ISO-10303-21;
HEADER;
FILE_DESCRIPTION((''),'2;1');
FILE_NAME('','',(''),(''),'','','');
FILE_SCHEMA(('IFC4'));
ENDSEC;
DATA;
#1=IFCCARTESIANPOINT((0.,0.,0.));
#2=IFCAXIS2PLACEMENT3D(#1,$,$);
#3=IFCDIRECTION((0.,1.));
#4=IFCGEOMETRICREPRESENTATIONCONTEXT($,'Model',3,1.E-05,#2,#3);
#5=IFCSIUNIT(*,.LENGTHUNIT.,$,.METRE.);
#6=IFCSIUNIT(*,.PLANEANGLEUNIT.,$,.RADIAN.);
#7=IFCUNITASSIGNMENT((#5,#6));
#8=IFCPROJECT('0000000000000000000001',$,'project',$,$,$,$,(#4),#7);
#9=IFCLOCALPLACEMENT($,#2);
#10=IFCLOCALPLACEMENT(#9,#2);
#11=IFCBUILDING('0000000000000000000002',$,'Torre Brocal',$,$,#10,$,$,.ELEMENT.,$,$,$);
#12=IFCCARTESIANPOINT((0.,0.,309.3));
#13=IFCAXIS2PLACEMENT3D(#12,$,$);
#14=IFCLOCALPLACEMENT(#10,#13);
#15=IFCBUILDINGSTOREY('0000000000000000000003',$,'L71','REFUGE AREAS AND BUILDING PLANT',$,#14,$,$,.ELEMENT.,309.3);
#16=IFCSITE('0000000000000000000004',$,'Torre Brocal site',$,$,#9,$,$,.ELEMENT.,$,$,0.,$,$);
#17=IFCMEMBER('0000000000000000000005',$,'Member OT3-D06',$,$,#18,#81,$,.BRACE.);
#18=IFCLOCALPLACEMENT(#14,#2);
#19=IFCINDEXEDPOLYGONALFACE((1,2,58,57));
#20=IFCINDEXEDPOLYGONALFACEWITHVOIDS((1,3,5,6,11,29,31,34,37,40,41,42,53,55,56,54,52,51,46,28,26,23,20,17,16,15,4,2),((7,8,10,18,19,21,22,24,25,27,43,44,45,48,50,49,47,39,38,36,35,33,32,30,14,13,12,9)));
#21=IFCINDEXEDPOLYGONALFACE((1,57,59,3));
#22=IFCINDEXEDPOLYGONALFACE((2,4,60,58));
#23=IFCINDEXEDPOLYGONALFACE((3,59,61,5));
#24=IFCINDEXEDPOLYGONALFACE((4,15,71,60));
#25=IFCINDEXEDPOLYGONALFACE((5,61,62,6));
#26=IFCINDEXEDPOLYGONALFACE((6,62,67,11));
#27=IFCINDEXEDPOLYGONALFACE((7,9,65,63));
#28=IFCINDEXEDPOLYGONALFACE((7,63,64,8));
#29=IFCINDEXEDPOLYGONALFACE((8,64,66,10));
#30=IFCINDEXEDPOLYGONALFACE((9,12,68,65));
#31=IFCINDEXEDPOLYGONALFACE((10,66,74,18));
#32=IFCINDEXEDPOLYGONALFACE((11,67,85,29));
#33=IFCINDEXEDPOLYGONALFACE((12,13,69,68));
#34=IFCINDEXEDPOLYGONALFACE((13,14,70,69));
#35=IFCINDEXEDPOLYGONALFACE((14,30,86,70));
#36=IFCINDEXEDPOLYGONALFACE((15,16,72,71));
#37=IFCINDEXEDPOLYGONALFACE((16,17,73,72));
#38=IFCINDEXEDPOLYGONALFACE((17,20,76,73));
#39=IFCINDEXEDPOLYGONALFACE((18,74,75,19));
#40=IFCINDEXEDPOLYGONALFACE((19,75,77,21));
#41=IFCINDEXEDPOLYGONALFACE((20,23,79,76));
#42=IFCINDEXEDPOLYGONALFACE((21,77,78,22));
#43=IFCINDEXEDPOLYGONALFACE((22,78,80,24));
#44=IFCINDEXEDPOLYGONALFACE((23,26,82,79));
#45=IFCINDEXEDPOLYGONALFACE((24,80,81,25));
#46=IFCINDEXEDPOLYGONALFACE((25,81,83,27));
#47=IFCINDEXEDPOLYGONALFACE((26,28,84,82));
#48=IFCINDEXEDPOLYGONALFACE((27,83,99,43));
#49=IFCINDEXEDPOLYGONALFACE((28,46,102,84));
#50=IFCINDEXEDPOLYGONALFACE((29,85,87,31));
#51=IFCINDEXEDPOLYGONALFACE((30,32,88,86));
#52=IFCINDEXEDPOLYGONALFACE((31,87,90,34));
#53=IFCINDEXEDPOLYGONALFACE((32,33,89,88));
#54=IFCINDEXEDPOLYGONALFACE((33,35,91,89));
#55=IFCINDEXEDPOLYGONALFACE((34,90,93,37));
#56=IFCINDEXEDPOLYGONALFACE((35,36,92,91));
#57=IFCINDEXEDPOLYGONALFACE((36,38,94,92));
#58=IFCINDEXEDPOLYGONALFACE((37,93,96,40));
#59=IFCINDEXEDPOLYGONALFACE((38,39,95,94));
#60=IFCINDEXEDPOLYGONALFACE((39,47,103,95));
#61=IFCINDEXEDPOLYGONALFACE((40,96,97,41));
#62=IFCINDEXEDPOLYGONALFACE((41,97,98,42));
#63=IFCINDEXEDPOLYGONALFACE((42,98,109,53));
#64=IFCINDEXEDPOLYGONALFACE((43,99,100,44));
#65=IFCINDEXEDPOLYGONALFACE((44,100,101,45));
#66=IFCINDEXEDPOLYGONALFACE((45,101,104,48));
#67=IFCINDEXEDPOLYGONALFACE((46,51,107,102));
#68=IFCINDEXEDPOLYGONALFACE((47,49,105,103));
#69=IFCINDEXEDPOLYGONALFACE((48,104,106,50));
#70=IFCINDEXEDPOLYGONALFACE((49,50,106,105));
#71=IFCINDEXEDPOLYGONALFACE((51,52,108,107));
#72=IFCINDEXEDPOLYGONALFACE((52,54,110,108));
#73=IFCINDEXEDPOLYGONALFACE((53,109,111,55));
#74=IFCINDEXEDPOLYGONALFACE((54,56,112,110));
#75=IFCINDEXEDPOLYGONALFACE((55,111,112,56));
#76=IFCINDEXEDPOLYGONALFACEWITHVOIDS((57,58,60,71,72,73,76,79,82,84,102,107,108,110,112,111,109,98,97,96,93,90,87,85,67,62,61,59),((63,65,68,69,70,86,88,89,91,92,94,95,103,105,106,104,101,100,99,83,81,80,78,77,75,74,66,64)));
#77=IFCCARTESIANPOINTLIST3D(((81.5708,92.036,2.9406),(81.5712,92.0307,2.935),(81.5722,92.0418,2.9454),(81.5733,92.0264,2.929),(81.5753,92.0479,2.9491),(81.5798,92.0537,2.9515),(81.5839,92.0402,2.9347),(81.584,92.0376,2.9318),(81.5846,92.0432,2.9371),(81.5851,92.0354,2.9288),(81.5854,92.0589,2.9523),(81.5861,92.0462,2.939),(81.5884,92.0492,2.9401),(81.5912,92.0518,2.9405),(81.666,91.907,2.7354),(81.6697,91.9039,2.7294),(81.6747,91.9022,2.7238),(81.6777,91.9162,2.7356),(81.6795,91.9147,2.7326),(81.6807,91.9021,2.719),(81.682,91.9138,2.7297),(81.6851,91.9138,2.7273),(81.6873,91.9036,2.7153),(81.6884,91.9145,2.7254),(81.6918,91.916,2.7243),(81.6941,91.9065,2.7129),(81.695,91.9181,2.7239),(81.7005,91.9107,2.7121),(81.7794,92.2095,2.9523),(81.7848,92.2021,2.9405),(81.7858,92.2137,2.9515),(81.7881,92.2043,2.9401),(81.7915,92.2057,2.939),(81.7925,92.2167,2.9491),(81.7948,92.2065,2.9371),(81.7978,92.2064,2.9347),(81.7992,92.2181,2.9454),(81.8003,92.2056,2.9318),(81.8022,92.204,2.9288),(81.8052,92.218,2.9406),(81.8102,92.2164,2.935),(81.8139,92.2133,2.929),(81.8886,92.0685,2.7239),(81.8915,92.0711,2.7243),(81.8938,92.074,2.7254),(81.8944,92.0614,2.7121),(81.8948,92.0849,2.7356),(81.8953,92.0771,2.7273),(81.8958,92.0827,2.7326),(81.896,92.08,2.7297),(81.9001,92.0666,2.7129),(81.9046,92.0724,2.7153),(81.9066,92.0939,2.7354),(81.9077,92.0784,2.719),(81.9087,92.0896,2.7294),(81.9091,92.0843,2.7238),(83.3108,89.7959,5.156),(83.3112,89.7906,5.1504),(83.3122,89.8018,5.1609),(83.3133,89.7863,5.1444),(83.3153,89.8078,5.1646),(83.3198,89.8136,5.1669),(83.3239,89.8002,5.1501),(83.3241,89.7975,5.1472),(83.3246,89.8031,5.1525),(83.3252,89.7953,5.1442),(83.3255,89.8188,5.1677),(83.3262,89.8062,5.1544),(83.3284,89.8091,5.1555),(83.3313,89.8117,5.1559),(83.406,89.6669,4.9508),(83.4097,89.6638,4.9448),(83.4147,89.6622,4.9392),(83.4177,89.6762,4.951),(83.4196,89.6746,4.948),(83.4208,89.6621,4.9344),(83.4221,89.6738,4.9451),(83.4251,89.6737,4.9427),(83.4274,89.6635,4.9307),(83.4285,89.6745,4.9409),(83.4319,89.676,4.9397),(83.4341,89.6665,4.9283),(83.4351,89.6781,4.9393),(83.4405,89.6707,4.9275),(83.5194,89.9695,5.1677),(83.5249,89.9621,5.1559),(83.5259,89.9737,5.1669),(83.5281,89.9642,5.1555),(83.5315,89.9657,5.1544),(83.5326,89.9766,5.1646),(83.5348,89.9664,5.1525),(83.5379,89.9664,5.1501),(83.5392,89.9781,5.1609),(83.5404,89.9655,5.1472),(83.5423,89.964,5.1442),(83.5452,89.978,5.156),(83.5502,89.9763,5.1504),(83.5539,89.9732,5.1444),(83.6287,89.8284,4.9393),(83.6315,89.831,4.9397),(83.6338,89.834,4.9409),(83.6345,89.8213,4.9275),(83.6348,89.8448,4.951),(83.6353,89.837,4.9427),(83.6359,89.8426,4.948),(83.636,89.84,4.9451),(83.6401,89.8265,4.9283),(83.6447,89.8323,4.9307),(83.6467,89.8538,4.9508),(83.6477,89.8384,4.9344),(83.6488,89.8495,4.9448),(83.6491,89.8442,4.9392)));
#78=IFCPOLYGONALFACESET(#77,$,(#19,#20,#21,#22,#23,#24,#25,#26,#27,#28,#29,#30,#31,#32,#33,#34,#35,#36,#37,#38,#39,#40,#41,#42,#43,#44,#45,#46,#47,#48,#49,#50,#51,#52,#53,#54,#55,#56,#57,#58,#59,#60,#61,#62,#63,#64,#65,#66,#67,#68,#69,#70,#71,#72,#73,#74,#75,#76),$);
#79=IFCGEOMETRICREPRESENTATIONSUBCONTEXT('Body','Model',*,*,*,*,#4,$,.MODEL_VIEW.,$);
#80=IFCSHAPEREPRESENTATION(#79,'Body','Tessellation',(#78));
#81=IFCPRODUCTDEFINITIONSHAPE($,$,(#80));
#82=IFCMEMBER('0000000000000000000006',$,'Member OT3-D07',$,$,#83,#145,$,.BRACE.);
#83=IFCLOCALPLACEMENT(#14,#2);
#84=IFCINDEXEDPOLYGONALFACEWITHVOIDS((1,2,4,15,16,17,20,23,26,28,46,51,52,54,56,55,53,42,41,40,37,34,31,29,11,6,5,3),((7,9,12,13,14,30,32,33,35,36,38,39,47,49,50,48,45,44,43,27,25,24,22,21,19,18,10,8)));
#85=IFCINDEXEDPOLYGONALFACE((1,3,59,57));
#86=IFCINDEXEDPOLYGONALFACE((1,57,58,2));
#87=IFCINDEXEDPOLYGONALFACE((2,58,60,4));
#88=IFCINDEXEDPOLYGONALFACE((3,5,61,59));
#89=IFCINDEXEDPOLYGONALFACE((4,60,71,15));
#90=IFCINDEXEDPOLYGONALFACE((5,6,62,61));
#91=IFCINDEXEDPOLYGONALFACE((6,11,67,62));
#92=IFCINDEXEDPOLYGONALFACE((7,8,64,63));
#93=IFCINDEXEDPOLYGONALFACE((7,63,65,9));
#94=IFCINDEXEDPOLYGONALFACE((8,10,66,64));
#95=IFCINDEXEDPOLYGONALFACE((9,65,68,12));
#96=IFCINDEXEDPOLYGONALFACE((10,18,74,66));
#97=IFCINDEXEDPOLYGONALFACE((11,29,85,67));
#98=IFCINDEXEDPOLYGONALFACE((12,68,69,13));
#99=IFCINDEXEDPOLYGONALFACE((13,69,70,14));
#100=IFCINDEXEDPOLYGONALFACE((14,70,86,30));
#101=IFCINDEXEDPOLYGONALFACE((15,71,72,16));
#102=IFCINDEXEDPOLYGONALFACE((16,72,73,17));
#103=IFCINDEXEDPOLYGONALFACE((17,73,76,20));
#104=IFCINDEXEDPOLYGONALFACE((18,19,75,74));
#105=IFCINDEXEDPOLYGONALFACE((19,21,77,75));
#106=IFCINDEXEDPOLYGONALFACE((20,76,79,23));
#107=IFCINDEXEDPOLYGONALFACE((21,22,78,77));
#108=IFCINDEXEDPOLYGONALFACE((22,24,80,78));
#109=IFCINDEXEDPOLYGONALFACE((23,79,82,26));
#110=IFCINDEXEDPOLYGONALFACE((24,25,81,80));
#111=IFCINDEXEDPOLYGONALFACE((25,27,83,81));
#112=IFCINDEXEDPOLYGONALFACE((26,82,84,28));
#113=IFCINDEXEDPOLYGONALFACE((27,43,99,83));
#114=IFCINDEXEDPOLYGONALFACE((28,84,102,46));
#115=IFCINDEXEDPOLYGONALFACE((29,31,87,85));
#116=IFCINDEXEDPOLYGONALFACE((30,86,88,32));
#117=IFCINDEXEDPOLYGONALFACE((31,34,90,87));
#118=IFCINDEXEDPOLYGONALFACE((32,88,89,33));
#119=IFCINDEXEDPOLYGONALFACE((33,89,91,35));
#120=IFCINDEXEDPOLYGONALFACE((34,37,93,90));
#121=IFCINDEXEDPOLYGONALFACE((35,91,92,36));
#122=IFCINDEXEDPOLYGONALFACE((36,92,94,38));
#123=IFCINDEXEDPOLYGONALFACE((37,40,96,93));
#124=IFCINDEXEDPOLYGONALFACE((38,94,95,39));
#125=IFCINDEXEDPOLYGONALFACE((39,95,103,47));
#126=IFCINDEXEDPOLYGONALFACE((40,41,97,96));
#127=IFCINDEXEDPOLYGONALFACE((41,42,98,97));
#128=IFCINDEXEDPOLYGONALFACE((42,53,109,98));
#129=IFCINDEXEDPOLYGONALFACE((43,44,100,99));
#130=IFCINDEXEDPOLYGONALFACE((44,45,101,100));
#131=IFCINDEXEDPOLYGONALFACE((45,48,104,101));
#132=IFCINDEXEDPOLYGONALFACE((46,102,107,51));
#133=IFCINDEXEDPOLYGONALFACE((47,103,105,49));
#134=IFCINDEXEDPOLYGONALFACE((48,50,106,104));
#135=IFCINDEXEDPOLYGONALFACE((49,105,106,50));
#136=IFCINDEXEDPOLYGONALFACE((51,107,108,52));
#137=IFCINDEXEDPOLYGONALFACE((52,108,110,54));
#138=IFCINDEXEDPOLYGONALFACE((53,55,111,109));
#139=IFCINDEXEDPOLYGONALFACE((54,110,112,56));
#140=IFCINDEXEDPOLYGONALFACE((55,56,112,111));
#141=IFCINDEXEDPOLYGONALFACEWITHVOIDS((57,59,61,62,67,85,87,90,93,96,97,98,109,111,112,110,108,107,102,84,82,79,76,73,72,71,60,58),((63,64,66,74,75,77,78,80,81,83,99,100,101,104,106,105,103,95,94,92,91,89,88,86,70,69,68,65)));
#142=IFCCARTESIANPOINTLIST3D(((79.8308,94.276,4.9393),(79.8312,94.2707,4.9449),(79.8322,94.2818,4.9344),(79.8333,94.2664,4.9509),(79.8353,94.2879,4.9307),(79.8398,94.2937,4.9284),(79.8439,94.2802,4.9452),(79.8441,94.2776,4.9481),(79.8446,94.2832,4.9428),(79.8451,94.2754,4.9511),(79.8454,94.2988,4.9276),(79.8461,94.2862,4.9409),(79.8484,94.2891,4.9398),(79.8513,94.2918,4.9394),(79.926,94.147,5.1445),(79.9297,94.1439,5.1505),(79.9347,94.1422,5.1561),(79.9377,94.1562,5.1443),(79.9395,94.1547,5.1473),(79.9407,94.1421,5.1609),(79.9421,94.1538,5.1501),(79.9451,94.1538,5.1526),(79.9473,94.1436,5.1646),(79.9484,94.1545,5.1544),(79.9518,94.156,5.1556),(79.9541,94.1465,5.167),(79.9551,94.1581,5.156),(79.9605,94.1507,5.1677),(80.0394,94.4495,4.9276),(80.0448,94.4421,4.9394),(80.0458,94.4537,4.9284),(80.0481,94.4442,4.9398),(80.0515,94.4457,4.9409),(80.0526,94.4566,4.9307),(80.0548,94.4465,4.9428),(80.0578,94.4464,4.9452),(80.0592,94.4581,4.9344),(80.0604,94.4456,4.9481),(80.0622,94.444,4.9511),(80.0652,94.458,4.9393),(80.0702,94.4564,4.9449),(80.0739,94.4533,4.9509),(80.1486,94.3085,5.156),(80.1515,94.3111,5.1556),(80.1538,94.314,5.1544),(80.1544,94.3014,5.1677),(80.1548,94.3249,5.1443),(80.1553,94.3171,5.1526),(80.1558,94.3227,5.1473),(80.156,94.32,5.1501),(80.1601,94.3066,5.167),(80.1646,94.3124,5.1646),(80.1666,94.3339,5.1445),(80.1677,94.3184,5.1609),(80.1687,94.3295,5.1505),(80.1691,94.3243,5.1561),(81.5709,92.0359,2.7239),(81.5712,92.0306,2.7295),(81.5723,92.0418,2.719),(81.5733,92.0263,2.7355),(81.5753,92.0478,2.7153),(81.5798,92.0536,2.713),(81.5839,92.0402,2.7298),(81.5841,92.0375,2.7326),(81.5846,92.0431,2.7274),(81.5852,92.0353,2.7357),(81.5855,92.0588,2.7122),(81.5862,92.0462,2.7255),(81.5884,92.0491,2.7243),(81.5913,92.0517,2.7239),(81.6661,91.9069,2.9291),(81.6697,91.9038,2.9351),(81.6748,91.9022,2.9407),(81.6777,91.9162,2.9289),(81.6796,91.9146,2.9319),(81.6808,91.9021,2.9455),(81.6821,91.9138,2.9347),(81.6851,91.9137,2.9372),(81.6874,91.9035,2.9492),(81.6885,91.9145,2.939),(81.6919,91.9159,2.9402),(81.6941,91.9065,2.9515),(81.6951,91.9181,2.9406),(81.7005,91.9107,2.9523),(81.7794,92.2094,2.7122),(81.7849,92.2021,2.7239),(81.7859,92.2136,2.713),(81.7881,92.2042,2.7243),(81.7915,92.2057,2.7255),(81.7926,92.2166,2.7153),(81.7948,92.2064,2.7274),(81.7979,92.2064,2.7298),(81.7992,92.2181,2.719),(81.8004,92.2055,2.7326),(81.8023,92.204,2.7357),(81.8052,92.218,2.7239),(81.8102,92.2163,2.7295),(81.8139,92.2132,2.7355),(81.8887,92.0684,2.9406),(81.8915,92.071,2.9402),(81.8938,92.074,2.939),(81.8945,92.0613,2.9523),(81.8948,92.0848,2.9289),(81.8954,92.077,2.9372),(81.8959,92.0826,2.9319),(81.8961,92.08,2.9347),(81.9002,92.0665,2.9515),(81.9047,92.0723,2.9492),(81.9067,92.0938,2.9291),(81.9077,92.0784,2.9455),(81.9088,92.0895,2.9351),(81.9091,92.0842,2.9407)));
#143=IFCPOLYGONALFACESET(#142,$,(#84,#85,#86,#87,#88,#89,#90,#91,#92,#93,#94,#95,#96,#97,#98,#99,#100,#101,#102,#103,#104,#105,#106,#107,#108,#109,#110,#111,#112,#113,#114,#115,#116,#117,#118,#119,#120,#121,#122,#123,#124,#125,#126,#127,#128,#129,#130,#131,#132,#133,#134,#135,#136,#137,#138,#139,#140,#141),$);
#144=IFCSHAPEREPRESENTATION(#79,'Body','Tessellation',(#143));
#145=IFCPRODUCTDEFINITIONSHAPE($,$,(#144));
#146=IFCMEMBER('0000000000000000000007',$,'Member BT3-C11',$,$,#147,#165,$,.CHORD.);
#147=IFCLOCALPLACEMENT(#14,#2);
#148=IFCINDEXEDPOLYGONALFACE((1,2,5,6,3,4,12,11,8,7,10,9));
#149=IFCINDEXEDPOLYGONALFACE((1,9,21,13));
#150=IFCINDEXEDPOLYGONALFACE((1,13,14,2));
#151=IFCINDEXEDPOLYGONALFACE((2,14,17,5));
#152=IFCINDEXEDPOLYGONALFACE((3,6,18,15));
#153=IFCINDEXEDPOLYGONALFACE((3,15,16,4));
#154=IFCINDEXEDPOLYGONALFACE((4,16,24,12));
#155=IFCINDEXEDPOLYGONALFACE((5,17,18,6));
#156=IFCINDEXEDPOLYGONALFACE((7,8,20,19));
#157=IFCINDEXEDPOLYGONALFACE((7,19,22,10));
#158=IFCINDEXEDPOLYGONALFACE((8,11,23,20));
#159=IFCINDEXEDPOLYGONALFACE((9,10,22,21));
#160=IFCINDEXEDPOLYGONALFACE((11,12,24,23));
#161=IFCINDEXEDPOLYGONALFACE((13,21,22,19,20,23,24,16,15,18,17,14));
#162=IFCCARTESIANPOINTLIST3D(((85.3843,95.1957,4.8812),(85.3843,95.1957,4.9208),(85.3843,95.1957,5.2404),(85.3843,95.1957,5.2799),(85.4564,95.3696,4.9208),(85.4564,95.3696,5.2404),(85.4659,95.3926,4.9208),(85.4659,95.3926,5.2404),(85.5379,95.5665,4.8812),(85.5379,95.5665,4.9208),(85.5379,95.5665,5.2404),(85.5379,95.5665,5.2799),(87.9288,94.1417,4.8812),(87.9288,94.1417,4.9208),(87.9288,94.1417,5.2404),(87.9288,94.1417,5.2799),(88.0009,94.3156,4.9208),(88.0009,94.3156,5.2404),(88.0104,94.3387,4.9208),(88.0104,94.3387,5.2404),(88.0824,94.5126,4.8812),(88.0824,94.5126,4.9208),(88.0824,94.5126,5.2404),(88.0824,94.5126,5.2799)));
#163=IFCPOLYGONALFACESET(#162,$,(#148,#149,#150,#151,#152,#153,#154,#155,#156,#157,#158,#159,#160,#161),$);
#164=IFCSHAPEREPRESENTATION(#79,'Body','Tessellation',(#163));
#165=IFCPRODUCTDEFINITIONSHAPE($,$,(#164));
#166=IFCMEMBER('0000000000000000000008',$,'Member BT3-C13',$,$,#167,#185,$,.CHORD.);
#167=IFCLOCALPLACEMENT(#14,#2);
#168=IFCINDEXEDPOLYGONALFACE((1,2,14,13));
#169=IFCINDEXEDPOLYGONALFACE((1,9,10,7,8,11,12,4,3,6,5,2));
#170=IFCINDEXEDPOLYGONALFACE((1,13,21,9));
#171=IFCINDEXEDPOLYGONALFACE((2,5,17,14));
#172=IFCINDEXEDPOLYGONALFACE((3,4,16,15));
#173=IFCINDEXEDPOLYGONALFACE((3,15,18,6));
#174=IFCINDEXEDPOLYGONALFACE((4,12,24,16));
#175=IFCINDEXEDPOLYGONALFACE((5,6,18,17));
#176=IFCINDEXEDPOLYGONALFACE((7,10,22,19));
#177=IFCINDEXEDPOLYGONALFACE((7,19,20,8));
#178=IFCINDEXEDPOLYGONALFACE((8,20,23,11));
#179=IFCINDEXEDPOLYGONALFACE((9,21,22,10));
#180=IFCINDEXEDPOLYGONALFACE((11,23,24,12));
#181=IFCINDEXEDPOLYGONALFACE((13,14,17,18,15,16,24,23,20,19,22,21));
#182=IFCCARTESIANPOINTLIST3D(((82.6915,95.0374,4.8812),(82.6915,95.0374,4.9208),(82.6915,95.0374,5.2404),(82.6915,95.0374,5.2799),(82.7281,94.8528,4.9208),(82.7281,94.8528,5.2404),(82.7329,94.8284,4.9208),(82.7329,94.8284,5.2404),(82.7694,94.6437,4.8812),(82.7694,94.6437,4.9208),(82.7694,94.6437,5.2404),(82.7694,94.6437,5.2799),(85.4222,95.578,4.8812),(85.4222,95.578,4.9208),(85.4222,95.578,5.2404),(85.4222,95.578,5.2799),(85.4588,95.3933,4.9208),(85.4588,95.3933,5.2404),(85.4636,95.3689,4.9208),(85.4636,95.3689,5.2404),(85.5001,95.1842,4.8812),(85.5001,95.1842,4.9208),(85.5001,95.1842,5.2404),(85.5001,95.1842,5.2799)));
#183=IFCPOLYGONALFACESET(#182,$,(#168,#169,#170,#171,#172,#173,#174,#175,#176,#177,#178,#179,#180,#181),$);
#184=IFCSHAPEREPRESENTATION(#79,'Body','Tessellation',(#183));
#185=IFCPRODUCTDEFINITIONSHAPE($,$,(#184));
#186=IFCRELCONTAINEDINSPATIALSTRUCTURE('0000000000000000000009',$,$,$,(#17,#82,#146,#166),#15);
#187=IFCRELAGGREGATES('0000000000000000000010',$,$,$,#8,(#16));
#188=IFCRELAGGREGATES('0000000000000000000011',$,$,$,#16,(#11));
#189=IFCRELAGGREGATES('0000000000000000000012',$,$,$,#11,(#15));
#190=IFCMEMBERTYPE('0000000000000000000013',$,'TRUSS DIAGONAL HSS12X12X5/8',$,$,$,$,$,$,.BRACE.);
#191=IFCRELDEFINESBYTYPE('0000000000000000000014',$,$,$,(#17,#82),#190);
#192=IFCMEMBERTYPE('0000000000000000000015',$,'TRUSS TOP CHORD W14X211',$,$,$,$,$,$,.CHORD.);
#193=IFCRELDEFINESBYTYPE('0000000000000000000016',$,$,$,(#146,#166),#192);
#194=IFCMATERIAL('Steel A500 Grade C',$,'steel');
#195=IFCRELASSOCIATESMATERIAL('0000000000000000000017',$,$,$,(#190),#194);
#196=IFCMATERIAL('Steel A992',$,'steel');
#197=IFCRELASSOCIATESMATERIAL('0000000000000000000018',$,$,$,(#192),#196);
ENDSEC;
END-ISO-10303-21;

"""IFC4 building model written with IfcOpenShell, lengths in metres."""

from ifc_helpers import new_model, si_unit, direction, frame, origin, origin_2d, place, context, subcontext, project, spatial, hollow_rectangle, i_section, extrude, material, material_profile, profile_set, type_object, element, save


model = new_model("IFC4")

# Units and contexts
model_context = context("Model", 3, precision=1e-05, world=origin(), true_north=direction((0.0, 1.0)))
body_context = subcontext(model_context, "Body", "Model", "MODEL_VIEW")
ifc_project = project(units=[si_unit("LENGTHUNIT", "METRE"), si_unit("PLANEANGLEUNIT", "RADIAN")], contexts=[model_context])

# Site, building, storey
site_placement = place(None, origin())
site = spatial("IfcSite", under=ifc_project, at=site_placement, Name="Torre Brocal site", CompositionType="ELEMENT", RefElevation=0.0)
building_placement = place(site_placement, origin())
building = spatial("IfcBuilding", under=site, at=building_placement, Name="Torre Brocal", CompositionType="ELEMENT")
storey_placement = place(building_placement, frame((0.0, 0.0, 309.3)))
storey = spatial("IfcBuildingStorey", under=building, at=storey_placement, Name="L71", Description="REFUGE AREAS AND BUILDING PLANT", CompositionType="ELEMENT", Elevation=309.3)

# Members
ifc_material_1 = material(Name="Steel A500 Grade C", Category="steel")
ifc_material_profile_1 = material_profile(ifc_material_1, hollow_rectangle(XDim=0.3047, YDim=0.3047, WallThickness=0.0149, InnerFilletRadius=0.0149, OuterFilletRadius=0.0295, at=origin_2d()), Name="HSS12X12X5/8")
ifc_profile_set_1 = profile_set([ifc_material_profile_1], Name="Steel A500 Grade C")
member_type_1 = type_object("IfcMemberType", Name="TRUSS DIAGONAL HSS12X12X5/8", PredefinedType="BRACE", material=ifc_profile_set_1)
for number, where, z_axis, x_axis, name in (
    (1, (83.48, 89.8201, 5.0476), (-0.483465, 0.622392, -0.615541), (-0.789732, -0.613452, 0.0), "Member OT3-D06"),
    (2, (81.74, 92.0601, 2.8323), (-0.483465, 0.622392, 0.615541), (-0.789732, -0.613452, 0.0), "Member OT3-D07"),
):
    element("IfcMember", number, at=place(storey_placement, frame(where, z_axis=z_axis, x_axis=x_axis)), inside=storey, type_object=member_type_1, Name=name, PredefinedType="BRACE", context=body_context, shape_type="SweptSolid", body=[
        extrude(hollow_rectangle(XDim=0.3047, YDim=0.3047, WallThickness=0.0149, InnerFilletRadius=0.0149, OuterFilletRadius=0.0295, at=origin_2d()), origin(), (0.0, 0.0, 1.0), 3.5991),
    ])
ifc_material_2 = material(Name="Steel A992", Category="steel")
ifc_material_profile_2 = material_profile(ifc_material_2, i_section(OverallWidth=0.4014, OverallDepth=0.3987, WebThickness=0.0249, FlangeThickness=0.0396, at=origin_2d()), Name="W14X211")
ifc_profile_set_2 = profile_set([ifc_material_profile_2], Name="Steel A992")
member_type_2 = type_object("IfcMemberType", Name="TRUSS TOP CHORD W14X211", PredefinedType="CHORD", material=ifc_profile_set_2)
member_1_placement = place(storey_placement, frame((88.0056, 94.3271, 5.0806), z_axis=(-0.923877, 0.382688, 0.0), x_axis=(-0.382688, -0.923877, 0.0)))
element("IfcMember", 3, at=member_1_placement, inside=storey, type_object=member_type_2, Name="Member BT3-C11", PredefinedType="CHORD", context=body_context, shape_type="SweptSolid", body=[
    extrude(i_section(OverallWidth=0.4014, OverallDepth=0.3987, WebThickness=0.0249, FlangeThickness=0.0396, at=origin_2d()), origin(), (0.0, 0.0, 1.0), 2.7542),
])
member_2_placement = place(storey_placement, frame((85.4612, 95.3811, 5.0806), z_axis=(-0.980967, -0.194176, 0.0), x_axis=(0.194176, -0.980967, 0.0)))
element("IfcMember", 4, at=member_2_placement, inside=storey, type_object=member_type_2, Name="Member BT3-C13", PredefinedType="CHORD", context=body_context, shape_type="SweptSolid", body=[
    extrude(i_section(OverallWidth=0.4014, OverallDepth=0.3987, WebThickness=0.0249, FlangeThickness=0.0396, at=origin_2d()), origin(), (0.0, 0.0, 1.0), 2.7837),
])

save(model, "model.ifc")
